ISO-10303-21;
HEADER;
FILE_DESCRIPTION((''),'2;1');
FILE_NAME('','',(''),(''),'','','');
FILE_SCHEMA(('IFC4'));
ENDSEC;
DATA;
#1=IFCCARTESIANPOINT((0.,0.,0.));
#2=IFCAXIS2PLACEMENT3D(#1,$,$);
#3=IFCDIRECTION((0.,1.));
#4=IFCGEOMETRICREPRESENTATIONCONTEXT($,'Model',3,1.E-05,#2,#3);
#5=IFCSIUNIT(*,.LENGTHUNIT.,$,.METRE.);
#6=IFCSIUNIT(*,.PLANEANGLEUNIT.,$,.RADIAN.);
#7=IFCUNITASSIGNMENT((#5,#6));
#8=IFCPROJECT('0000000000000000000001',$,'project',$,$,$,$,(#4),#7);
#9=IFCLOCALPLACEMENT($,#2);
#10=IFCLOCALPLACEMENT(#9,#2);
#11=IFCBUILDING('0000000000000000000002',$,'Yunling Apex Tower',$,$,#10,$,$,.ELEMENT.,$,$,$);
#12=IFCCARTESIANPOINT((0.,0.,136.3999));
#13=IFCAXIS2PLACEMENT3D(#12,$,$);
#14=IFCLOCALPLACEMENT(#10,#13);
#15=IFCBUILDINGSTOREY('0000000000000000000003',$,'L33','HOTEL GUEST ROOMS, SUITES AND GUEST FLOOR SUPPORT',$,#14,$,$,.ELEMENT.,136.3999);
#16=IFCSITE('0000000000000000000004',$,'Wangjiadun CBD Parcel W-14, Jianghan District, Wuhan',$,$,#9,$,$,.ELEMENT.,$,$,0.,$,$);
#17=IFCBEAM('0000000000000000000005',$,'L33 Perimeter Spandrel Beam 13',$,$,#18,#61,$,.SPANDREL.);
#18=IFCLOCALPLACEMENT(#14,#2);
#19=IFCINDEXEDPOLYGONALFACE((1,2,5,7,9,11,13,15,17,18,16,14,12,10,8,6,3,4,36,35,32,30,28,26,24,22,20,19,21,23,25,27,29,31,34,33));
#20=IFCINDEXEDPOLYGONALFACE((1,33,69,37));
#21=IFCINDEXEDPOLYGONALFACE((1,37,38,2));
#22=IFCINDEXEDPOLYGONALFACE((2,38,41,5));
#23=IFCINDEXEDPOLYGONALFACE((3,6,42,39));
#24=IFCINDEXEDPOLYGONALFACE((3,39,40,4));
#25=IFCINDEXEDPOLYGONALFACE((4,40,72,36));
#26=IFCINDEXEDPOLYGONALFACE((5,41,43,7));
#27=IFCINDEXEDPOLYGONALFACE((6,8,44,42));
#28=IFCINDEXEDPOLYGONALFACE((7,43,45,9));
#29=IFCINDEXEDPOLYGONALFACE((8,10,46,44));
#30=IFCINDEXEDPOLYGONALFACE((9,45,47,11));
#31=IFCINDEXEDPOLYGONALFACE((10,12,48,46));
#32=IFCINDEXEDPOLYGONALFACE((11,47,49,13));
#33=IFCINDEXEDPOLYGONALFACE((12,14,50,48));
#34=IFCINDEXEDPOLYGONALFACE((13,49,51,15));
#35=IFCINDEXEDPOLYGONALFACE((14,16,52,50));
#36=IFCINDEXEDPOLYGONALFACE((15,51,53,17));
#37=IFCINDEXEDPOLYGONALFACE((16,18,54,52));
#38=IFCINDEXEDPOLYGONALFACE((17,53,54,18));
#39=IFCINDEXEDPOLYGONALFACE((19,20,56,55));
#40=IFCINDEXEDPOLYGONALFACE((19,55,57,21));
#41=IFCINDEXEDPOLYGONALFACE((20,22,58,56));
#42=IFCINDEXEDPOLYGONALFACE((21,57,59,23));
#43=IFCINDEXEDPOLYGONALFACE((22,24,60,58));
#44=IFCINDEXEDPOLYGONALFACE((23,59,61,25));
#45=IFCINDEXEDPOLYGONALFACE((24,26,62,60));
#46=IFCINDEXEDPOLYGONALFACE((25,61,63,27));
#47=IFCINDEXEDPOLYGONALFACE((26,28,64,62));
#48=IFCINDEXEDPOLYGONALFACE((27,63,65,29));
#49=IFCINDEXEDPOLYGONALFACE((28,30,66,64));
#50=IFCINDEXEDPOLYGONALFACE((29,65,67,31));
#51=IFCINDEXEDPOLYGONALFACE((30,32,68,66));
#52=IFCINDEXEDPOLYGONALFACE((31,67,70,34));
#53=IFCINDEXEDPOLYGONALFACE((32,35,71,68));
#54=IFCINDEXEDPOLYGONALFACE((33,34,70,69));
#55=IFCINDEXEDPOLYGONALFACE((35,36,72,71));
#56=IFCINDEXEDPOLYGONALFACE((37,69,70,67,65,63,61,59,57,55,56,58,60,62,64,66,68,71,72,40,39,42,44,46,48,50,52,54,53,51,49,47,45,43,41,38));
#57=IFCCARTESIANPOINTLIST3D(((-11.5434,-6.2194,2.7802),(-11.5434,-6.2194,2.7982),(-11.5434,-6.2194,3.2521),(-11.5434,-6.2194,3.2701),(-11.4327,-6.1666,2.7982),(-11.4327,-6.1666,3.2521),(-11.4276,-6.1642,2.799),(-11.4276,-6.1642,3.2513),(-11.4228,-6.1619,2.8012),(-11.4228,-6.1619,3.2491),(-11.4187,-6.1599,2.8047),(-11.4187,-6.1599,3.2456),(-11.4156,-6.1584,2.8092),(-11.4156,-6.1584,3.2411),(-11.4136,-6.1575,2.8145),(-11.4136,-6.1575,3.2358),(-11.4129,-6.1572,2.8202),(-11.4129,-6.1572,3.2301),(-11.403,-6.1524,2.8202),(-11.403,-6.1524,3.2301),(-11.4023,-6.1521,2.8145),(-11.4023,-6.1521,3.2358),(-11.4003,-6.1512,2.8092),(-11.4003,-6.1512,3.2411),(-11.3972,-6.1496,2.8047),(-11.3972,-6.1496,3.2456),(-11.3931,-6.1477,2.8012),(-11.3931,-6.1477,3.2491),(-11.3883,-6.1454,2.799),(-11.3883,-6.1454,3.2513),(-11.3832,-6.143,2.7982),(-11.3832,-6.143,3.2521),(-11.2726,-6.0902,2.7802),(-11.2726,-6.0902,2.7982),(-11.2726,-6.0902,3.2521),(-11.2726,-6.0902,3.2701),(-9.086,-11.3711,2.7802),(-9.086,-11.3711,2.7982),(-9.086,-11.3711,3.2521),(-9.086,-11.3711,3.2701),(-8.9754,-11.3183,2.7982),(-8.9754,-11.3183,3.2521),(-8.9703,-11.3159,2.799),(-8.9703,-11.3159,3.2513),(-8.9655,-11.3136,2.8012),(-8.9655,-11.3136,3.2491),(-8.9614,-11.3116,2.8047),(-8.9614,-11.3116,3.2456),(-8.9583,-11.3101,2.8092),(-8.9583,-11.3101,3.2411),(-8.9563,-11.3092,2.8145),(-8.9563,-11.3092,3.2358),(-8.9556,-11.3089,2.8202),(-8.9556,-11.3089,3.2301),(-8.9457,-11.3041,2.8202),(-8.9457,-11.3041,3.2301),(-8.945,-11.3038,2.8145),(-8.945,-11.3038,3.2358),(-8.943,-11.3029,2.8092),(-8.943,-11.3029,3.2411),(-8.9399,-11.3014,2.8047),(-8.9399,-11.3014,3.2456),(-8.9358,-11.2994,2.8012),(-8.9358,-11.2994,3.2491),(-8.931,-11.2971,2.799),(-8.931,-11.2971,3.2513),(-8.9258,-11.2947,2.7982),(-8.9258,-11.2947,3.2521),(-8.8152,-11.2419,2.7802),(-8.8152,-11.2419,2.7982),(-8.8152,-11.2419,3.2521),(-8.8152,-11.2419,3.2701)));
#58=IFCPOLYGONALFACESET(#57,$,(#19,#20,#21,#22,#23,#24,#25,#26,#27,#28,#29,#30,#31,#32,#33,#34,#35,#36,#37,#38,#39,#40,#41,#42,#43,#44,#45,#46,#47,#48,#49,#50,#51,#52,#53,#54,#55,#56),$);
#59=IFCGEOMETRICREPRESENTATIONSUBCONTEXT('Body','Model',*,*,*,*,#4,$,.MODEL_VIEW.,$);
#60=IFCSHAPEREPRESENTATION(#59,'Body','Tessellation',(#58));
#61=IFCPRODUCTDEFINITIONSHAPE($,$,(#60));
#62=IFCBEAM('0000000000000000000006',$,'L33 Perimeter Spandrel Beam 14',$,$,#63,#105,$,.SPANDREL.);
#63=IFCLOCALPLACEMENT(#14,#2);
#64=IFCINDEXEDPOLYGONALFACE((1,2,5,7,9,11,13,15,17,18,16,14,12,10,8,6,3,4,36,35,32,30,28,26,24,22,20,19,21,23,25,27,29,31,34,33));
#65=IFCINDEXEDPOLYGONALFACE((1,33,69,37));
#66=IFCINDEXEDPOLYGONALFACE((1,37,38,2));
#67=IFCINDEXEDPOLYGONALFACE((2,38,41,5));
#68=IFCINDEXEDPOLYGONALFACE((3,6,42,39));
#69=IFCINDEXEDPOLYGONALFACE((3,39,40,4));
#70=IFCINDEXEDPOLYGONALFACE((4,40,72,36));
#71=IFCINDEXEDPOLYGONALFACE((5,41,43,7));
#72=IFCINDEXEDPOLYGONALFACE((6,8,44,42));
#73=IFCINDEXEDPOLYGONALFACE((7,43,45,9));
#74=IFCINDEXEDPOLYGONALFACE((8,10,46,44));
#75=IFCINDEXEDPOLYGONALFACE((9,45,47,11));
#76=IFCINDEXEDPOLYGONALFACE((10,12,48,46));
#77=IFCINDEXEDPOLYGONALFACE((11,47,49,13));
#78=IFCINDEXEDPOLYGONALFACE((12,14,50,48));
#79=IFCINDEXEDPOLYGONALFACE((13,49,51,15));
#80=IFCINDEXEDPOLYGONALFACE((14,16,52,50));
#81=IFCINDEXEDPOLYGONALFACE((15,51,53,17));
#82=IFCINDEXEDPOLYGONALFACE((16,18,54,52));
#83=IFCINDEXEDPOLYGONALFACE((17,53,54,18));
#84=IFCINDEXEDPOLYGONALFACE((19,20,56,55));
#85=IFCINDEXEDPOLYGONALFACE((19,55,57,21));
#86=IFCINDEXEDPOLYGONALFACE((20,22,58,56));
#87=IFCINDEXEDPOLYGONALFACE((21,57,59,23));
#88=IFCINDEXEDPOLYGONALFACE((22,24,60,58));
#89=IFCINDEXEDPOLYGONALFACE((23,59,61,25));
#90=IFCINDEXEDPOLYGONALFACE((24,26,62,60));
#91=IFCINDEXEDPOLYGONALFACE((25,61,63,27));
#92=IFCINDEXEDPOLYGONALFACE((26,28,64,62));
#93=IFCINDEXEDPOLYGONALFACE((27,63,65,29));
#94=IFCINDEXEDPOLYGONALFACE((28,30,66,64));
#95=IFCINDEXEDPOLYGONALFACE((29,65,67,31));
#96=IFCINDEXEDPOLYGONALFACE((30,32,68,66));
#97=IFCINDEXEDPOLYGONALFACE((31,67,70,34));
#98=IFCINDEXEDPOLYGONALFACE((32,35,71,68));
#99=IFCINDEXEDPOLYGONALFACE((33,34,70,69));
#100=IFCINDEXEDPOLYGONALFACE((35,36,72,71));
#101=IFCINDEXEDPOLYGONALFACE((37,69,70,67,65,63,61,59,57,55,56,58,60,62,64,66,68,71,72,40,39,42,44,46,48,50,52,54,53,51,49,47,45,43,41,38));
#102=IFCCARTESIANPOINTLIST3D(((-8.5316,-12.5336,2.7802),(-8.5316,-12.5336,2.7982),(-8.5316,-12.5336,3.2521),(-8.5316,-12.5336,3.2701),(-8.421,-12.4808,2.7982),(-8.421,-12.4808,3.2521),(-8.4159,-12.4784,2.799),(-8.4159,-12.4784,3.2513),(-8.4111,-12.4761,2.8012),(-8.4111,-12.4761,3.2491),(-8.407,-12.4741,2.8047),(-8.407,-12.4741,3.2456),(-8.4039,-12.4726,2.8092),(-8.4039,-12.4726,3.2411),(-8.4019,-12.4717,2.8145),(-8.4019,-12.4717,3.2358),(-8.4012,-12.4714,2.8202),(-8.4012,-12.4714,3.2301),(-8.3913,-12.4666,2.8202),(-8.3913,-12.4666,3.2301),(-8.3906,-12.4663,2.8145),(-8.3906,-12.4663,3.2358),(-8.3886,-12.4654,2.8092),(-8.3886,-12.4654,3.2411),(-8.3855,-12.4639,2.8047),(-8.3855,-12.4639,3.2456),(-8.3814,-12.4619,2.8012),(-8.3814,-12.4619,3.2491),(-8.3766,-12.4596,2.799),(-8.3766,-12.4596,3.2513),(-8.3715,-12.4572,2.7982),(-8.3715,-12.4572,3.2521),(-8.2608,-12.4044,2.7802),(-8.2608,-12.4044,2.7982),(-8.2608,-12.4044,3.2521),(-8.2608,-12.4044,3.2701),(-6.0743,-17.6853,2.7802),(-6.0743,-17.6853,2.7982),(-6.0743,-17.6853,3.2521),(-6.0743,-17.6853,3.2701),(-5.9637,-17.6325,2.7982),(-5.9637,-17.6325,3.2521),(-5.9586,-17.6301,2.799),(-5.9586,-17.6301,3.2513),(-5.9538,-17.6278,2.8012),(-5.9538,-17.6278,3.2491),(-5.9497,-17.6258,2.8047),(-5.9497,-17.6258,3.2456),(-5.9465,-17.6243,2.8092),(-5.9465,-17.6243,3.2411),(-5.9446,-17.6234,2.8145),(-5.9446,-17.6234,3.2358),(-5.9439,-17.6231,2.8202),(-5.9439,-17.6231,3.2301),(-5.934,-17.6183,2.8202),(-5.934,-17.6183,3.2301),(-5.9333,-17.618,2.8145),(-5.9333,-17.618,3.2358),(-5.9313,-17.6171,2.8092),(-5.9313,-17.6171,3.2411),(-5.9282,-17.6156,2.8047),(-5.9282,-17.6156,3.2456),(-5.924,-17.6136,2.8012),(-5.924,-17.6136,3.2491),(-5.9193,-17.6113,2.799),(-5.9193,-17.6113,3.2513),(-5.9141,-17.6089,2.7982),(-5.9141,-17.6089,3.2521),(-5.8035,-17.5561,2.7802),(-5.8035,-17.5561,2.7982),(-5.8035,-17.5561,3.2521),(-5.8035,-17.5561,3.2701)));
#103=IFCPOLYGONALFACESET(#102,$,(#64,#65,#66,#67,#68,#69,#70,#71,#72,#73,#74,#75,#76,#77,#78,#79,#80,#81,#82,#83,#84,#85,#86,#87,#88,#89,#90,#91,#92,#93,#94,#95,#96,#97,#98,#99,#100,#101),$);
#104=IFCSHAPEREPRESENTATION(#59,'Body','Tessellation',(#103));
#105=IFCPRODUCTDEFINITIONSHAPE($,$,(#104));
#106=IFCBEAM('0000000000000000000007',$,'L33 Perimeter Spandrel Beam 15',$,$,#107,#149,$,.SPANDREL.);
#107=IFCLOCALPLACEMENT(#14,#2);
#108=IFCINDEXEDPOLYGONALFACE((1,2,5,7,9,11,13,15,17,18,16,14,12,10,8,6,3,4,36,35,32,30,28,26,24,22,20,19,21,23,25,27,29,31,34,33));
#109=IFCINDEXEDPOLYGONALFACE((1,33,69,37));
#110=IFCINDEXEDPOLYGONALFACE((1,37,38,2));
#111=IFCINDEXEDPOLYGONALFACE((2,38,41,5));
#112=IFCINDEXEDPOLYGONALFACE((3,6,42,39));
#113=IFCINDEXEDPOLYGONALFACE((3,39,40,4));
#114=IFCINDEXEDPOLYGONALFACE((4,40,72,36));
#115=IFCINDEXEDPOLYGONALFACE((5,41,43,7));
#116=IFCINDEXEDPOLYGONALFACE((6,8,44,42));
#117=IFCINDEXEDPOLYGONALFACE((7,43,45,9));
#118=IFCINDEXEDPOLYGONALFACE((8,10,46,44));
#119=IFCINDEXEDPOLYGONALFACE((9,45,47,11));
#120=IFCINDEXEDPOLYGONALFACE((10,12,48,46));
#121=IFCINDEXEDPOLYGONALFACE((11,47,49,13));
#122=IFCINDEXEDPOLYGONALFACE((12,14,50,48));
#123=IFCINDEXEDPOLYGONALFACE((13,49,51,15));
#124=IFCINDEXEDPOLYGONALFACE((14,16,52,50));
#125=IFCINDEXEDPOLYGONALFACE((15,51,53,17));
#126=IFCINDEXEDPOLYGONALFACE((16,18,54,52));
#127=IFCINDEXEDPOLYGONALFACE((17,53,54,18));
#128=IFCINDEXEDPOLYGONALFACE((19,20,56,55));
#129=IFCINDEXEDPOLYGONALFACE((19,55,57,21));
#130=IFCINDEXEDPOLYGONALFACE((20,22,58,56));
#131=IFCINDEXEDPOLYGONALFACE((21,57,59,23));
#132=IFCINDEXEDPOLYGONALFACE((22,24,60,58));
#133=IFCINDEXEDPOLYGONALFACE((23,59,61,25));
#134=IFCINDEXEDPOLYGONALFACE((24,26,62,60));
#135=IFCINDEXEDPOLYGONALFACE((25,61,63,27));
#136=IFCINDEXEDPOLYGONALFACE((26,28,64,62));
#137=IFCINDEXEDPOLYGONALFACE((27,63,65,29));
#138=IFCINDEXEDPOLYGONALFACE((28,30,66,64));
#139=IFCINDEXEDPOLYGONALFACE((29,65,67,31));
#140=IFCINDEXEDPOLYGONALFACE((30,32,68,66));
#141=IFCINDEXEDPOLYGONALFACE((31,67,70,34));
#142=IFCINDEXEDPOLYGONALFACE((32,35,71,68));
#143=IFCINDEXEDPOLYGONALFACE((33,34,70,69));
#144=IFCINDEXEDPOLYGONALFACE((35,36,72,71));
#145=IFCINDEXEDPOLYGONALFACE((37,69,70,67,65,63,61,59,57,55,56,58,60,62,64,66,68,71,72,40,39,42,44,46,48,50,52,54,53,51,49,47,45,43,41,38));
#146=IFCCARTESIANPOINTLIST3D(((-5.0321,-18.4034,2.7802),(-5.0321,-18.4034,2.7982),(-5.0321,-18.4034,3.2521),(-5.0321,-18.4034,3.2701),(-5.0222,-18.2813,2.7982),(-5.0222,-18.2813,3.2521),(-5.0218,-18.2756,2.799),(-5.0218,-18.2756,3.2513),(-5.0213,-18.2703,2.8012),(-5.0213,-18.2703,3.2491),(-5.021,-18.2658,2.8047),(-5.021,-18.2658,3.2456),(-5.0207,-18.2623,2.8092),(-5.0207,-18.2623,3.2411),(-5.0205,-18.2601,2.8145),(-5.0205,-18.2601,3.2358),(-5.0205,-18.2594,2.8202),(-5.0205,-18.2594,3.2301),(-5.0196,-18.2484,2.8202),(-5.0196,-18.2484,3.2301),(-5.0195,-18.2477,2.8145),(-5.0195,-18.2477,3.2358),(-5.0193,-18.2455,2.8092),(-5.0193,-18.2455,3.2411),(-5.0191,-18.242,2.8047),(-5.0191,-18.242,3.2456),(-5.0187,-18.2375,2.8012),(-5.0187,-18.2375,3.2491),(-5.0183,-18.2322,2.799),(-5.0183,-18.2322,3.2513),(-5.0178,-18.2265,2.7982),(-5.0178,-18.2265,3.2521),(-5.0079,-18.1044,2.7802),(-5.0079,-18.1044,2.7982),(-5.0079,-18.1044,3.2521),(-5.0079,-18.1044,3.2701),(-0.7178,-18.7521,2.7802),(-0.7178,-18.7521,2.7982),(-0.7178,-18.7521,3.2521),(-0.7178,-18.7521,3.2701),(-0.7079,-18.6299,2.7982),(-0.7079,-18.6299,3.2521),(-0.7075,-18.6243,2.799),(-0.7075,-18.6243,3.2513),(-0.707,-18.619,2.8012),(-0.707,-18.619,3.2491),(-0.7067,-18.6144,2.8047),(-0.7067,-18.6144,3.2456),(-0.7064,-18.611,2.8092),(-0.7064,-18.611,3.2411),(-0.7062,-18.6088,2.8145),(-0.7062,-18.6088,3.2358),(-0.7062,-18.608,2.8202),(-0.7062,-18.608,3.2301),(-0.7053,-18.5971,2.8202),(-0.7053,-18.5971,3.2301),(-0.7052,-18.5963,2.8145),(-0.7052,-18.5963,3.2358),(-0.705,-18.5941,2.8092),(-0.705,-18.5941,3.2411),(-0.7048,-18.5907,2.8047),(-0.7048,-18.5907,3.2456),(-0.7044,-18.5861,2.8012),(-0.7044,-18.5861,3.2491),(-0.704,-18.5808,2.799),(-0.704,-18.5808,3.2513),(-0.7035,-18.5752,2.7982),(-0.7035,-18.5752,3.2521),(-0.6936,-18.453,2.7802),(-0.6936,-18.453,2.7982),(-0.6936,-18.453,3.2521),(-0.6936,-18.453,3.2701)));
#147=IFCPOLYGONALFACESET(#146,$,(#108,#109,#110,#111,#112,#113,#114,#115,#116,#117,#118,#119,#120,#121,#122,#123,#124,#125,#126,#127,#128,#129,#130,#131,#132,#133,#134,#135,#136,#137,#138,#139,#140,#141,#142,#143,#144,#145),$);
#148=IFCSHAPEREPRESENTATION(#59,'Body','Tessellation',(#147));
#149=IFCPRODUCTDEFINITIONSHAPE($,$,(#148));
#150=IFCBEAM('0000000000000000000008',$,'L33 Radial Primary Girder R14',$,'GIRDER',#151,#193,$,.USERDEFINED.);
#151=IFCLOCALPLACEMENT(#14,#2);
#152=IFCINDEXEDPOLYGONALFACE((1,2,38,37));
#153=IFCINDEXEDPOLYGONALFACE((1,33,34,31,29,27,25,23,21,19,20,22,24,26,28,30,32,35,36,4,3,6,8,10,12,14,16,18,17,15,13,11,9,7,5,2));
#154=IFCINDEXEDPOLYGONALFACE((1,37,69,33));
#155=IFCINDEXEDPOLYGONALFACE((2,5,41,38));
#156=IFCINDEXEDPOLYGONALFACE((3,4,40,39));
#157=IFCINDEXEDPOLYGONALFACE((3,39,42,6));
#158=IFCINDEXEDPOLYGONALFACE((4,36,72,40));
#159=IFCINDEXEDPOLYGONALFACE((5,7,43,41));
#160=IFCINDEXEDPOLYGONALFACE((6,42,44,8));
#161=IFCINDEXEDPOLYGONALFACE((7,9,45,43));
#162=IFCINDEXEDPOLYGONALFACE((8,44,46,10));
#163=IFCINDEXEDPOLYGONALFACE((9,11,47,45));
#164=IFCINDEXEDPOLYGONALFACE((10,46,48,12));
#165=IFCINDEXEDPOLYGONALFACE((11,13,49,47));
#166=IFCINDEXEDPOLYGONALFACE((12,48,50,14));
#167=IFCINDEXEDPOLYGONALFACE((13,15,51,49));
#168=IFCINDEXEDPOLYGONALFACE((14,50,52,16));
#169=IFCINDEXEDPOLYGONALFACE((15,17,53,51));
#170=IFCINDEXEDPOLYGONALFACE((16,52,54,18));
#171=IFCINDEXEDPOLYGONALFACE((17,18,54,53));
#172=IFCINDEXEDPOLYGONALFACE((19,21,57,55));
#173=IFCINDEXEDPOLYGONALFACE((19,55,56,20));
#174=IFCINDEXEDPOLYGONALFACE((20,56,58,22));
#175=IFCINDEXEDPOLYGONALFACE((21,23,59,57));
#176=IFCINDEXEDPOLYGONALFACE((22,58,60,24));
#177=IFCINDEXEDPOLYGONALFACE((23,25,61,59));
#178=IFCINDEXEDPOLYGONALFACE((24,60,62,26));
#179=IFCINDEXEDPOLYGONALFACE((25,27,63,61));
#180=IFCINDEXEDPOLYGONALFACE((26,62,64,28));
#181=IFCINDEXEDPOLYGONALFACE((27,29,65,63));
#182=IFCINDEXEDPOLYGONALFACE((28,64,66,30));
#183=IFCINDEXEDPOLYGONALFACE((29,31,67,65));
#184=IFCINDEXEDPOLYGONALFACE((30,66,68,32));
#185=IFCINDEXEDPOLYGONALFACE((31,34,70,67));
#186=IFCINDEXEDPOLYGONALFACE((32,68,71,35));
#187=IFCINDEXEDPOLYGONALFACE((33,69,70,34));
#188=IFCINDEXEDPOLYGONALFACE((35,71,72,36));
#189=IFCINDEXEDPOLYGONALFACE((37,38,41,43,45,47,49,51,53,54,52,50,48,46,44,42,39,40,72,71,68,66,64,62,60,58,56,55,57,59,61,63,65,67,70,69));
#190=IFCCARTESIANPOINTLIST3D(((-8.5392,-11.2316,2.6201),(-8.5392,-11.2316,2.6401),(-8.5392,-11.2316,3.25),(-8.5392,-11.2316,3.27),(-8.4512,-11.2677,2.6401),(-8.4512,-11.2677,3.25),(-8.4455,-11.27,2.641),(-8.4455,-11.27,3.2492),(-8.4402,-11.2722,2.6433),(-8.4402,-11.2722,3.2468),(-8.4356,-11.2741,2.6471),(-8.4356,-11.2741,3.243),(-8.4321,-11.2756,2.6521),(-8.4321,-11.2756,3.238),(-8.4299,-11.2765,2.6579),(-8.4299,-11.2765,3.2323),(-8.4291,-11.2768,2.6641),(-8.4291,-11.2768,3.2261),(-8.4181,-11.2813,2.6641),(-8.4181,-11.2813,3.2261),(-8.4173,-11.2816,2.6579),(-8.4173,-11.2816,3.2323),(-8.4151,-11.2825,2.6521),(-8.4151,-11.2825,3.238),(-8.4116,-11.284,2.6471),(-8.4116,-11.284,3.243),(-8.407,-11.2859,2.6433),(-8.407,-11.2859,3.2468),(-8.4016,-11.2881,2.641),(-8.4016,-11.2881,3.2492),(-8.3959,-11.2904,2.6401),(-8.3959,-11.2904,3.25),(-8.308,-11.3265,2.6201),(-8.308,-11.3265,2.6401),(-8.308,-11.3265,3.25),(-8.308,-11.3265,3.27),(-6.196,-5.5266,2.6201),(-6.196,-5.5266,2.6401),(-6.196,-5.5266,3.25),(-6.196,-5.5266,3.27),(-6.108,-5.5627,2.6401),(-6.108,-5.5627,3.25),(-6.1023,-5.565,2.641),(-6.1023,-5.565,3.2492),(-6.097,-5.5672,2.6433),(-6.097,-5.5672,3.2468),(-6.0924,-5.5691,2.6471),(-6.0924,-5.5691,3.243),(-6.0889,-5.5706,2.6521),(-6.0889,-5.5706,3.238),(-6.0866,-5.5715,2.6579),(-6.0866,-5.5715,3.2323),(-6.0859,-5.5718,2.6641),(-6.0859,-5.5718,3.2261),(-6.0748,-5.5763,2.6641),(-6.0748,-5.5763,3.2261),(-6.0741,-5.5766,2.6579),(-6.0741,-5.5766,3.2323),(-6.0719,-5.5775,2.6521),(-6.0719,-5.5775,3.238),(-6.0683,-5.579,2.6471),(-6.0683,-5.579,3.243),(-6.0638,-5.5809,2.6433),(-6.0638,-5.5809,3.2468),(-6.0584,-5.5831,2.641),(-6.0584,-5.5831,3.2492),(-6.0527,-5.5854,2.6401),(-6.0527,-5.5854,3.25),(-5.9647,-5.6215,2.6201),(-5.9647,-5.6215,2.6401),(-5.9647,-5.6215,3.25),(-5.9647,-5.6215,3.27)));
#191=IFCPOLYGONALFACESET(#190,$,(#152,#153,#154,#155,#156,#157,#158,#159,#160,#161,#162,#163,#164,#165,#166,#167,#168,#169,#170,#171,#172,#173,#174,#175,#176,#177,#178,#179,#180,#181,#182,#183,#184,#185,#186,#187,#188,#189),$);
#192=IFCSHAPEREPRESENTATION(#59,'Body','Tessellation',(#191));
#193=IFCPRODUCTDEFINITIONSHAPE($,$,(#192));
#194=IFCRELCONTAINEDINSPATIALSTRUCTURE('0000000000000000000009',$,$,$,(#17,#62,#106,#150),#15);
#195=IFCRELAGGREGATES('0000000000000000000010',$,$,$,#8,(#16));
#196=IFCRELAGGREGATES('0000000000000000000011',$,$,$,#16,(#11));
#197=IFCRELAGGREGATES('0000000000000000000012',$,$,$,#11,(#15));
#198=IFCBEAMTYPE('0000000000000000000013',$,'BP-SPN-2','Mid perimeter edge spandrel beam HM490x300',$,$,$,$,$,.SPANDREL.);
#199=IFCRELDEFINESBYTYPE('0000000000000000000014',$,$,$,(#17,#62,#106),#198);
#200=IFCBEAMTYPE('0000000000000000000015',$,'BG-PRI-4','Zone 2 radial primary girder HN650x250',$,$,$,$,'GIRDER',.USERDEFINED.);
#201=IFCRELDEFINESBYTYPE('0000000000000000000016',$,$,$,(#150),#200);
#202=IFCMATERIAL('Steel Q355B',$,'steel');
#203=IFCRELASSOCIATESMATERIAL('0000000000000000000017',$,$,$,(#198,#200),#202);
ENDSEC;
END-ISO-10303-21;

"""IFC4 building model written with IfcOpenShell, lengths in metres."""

from ifc_helpers import new_model, si_unit, direction, frame, origin, origin_2d, place, context, subcontext, project, spatial, i_section, extrude, source, transform, mapped, material, material_profile, profile_set, type_object, element, save


model = new_model("IFC4")

# Units and contexts
model_context = context("Model", 3, precision=1e-05, world=origin(), true_north=direction((0.0, 1.0)))
body_context = subcontext(model_context, "Body", "Model", "MODEL_VIEW")
ifc_project = project(units=[si_unit("LENGTHUNIT", "METRE"), si_unit("PLANEANGLEUNIT", "RADIAN")], contexts=[model_context])

# Site, building, storey
site_placement = place(None, origin())
site = spatial("IfcSite", under=ifc_project, at=site_placement, Name="Wangjiadun CBD Parcel W-14, Jianghan District, Wuhan", CompositionType="ELEMENT", RefElevation=0.0)
building_placement = place(site_placement, origin())
building = spatial("IfcBuilding", under=site, at=building_placement, Name="Yunling Apex Tower", CompositionType="ELEMENT")
storey_placement = place(building_placement, frame((0.0, 0.0, 136.3999)))
storey = spatial("IfcBuildingStorey", under=building, at=storey_placement, Name="L33", Description="HOTEL GUEST ROOMS, SUITES AND GUEST FLOOR SUPPORT", CompositionType="ELEMENT", Elevation=136.3999)

# Beams
ifc_material_1 = material(Name="Steel Q355B", Category="steel")
ifc_material_profile_1 = material_profile(ifc_material_1, i_section(OverallWidth=0.3, OverallDepth=0.49, WebThickness=0.011, FlangeThickness=0.0181, FilletRadius=0.022, at=origin_2d()))
ifc_profile_set_1 = profile_set([ifc_material_profile_1], Name="Steel Q355B")
beam_type_1 = type_object("IfcBeamType", Name="BP-SPN-2", Description="Mid perimeter edge spandrel beam HM490x300", PredefinedType="SPANDREL", material=ifc_profile_set_1)
shared_shape_1 = source(origin(), body_context, "Body", "SweptSolid", [
    extrude(i_section(OverallWidth=0.3, OverallDepth=0.49, WebThickness=0.011, FlangeThickness=0.0181, FilletRadius=0.022, at=origin_2d()), origin(), (0.0, 0.0, 1.0), 5.7078),
])
for number, where, z_axis, x_axis, name in (
    (1, (-11.408, -6.1548, 3.0251), (0.430523, -0.90258, 0.0), (0.90258, 0.430523, 0.0), "L33 Perimeter Spandrel Beam 13"),
    (2, (-8.3962, -12.469, 3.0251), (0.430523, -0.90258, 0.0), (0.90258, 0.430523, 0.0), "L33 Perimeter Spandrel Beam 14"),
):
    element("IfcBeam", number, at=place(storey_placement, frame(where, z_axis=z_axis, x_axis=x_axis)), inside=storey, type_object=beam_type_1, Name=name, PredefinedType="SPANDREL", context=body_context, shape_type="MappedRepresentation", body=[
        mapped(shared_shape_1, transform((0.0, 0.0, 0.0), scale=1.0)),
    ])
shared_shape_2 = source(origin(), body_context, "Body", "SweptSolid", [
    extrude(i_section(OverallWidth=0.3, OverallDepth=0.49, WebThickness=0.011, FlangeThickness=0.0181, FilletRadius=0.022, at=origin_2d()), origin(), (0.0, 0.0, 1.0), 4.3284),
])
beam_1_placement = place(storey_placement, frame((-5.02, -18.2539, 3.0251), z_axis=(0.996751, -0.080548, 0.0), x_axis=(0.080548, 0.996751, 0.0)))
element("IfcBeam", 3, at=beam_1_placement, inside=storey, type_object=beam_type_1, Name="L33 Perimeter Spandrel Beam 15", PredefinedType="SPANDREL", context=body_context, shape_type="MappedRepresentation", body=[
    mapped(shared_shape_2, transform((0.0, 0.0, 0.0), scale=1.0)),
])
ifc_material_profile_2 = material_profile(ifc_material_1, i_section(OverallWidth=0.25, OverallDepth=0.6499, WebThickness=0.012, FlangeThickness=0.02, FilletRadius=0.0239, at=origin_2d()))
ifc_profile_set_2 = profile_set([ifc_material_profile_2], Name="Steel Q355B")
beam_type_2 = type_object("IfcBeamType", Name="BG-PRI-4", Description="Zone 2 radial primary girder HN650x250", ElementType="GIRDER", PredefinedType="USERDEFINED", material=ifc_profile_set_2)
shared_shape_3 = source(origin(), body_context, "Body", "SweptSolid", [
    extrude(i_section(OverallWidth=0.25, OverallDepth=0.6499, WebThickness=0.012, FlangeThickness=0.02, FilletRadius=0.0239, at=origin_2d()), origin(), (0.0, 0.0, 1.0), 6.1675),
])
beam_2_placement = place(storey_placement, frame((-8.4236, -11.2791, 2.9451), z_axis=(0.379933, 0.925014, 0.0), x_axis=(-0.925014, 0.379933, 0.0)))
element("IfcBeam", 4, at=beam_2_placement, inside=storey, type_object=beam_type_2, Name="L33 Radial Primary Girder R14", ObjectType="GIRDER", PredefinedType="USERDEFINED", context=body_context, shape_type="MappedRepresentation", body=[
    mapped(shared_shape_3, transform((0.0, 0.0, 0.0), scale=1.0)),
])

save(model, "model.ifc")
